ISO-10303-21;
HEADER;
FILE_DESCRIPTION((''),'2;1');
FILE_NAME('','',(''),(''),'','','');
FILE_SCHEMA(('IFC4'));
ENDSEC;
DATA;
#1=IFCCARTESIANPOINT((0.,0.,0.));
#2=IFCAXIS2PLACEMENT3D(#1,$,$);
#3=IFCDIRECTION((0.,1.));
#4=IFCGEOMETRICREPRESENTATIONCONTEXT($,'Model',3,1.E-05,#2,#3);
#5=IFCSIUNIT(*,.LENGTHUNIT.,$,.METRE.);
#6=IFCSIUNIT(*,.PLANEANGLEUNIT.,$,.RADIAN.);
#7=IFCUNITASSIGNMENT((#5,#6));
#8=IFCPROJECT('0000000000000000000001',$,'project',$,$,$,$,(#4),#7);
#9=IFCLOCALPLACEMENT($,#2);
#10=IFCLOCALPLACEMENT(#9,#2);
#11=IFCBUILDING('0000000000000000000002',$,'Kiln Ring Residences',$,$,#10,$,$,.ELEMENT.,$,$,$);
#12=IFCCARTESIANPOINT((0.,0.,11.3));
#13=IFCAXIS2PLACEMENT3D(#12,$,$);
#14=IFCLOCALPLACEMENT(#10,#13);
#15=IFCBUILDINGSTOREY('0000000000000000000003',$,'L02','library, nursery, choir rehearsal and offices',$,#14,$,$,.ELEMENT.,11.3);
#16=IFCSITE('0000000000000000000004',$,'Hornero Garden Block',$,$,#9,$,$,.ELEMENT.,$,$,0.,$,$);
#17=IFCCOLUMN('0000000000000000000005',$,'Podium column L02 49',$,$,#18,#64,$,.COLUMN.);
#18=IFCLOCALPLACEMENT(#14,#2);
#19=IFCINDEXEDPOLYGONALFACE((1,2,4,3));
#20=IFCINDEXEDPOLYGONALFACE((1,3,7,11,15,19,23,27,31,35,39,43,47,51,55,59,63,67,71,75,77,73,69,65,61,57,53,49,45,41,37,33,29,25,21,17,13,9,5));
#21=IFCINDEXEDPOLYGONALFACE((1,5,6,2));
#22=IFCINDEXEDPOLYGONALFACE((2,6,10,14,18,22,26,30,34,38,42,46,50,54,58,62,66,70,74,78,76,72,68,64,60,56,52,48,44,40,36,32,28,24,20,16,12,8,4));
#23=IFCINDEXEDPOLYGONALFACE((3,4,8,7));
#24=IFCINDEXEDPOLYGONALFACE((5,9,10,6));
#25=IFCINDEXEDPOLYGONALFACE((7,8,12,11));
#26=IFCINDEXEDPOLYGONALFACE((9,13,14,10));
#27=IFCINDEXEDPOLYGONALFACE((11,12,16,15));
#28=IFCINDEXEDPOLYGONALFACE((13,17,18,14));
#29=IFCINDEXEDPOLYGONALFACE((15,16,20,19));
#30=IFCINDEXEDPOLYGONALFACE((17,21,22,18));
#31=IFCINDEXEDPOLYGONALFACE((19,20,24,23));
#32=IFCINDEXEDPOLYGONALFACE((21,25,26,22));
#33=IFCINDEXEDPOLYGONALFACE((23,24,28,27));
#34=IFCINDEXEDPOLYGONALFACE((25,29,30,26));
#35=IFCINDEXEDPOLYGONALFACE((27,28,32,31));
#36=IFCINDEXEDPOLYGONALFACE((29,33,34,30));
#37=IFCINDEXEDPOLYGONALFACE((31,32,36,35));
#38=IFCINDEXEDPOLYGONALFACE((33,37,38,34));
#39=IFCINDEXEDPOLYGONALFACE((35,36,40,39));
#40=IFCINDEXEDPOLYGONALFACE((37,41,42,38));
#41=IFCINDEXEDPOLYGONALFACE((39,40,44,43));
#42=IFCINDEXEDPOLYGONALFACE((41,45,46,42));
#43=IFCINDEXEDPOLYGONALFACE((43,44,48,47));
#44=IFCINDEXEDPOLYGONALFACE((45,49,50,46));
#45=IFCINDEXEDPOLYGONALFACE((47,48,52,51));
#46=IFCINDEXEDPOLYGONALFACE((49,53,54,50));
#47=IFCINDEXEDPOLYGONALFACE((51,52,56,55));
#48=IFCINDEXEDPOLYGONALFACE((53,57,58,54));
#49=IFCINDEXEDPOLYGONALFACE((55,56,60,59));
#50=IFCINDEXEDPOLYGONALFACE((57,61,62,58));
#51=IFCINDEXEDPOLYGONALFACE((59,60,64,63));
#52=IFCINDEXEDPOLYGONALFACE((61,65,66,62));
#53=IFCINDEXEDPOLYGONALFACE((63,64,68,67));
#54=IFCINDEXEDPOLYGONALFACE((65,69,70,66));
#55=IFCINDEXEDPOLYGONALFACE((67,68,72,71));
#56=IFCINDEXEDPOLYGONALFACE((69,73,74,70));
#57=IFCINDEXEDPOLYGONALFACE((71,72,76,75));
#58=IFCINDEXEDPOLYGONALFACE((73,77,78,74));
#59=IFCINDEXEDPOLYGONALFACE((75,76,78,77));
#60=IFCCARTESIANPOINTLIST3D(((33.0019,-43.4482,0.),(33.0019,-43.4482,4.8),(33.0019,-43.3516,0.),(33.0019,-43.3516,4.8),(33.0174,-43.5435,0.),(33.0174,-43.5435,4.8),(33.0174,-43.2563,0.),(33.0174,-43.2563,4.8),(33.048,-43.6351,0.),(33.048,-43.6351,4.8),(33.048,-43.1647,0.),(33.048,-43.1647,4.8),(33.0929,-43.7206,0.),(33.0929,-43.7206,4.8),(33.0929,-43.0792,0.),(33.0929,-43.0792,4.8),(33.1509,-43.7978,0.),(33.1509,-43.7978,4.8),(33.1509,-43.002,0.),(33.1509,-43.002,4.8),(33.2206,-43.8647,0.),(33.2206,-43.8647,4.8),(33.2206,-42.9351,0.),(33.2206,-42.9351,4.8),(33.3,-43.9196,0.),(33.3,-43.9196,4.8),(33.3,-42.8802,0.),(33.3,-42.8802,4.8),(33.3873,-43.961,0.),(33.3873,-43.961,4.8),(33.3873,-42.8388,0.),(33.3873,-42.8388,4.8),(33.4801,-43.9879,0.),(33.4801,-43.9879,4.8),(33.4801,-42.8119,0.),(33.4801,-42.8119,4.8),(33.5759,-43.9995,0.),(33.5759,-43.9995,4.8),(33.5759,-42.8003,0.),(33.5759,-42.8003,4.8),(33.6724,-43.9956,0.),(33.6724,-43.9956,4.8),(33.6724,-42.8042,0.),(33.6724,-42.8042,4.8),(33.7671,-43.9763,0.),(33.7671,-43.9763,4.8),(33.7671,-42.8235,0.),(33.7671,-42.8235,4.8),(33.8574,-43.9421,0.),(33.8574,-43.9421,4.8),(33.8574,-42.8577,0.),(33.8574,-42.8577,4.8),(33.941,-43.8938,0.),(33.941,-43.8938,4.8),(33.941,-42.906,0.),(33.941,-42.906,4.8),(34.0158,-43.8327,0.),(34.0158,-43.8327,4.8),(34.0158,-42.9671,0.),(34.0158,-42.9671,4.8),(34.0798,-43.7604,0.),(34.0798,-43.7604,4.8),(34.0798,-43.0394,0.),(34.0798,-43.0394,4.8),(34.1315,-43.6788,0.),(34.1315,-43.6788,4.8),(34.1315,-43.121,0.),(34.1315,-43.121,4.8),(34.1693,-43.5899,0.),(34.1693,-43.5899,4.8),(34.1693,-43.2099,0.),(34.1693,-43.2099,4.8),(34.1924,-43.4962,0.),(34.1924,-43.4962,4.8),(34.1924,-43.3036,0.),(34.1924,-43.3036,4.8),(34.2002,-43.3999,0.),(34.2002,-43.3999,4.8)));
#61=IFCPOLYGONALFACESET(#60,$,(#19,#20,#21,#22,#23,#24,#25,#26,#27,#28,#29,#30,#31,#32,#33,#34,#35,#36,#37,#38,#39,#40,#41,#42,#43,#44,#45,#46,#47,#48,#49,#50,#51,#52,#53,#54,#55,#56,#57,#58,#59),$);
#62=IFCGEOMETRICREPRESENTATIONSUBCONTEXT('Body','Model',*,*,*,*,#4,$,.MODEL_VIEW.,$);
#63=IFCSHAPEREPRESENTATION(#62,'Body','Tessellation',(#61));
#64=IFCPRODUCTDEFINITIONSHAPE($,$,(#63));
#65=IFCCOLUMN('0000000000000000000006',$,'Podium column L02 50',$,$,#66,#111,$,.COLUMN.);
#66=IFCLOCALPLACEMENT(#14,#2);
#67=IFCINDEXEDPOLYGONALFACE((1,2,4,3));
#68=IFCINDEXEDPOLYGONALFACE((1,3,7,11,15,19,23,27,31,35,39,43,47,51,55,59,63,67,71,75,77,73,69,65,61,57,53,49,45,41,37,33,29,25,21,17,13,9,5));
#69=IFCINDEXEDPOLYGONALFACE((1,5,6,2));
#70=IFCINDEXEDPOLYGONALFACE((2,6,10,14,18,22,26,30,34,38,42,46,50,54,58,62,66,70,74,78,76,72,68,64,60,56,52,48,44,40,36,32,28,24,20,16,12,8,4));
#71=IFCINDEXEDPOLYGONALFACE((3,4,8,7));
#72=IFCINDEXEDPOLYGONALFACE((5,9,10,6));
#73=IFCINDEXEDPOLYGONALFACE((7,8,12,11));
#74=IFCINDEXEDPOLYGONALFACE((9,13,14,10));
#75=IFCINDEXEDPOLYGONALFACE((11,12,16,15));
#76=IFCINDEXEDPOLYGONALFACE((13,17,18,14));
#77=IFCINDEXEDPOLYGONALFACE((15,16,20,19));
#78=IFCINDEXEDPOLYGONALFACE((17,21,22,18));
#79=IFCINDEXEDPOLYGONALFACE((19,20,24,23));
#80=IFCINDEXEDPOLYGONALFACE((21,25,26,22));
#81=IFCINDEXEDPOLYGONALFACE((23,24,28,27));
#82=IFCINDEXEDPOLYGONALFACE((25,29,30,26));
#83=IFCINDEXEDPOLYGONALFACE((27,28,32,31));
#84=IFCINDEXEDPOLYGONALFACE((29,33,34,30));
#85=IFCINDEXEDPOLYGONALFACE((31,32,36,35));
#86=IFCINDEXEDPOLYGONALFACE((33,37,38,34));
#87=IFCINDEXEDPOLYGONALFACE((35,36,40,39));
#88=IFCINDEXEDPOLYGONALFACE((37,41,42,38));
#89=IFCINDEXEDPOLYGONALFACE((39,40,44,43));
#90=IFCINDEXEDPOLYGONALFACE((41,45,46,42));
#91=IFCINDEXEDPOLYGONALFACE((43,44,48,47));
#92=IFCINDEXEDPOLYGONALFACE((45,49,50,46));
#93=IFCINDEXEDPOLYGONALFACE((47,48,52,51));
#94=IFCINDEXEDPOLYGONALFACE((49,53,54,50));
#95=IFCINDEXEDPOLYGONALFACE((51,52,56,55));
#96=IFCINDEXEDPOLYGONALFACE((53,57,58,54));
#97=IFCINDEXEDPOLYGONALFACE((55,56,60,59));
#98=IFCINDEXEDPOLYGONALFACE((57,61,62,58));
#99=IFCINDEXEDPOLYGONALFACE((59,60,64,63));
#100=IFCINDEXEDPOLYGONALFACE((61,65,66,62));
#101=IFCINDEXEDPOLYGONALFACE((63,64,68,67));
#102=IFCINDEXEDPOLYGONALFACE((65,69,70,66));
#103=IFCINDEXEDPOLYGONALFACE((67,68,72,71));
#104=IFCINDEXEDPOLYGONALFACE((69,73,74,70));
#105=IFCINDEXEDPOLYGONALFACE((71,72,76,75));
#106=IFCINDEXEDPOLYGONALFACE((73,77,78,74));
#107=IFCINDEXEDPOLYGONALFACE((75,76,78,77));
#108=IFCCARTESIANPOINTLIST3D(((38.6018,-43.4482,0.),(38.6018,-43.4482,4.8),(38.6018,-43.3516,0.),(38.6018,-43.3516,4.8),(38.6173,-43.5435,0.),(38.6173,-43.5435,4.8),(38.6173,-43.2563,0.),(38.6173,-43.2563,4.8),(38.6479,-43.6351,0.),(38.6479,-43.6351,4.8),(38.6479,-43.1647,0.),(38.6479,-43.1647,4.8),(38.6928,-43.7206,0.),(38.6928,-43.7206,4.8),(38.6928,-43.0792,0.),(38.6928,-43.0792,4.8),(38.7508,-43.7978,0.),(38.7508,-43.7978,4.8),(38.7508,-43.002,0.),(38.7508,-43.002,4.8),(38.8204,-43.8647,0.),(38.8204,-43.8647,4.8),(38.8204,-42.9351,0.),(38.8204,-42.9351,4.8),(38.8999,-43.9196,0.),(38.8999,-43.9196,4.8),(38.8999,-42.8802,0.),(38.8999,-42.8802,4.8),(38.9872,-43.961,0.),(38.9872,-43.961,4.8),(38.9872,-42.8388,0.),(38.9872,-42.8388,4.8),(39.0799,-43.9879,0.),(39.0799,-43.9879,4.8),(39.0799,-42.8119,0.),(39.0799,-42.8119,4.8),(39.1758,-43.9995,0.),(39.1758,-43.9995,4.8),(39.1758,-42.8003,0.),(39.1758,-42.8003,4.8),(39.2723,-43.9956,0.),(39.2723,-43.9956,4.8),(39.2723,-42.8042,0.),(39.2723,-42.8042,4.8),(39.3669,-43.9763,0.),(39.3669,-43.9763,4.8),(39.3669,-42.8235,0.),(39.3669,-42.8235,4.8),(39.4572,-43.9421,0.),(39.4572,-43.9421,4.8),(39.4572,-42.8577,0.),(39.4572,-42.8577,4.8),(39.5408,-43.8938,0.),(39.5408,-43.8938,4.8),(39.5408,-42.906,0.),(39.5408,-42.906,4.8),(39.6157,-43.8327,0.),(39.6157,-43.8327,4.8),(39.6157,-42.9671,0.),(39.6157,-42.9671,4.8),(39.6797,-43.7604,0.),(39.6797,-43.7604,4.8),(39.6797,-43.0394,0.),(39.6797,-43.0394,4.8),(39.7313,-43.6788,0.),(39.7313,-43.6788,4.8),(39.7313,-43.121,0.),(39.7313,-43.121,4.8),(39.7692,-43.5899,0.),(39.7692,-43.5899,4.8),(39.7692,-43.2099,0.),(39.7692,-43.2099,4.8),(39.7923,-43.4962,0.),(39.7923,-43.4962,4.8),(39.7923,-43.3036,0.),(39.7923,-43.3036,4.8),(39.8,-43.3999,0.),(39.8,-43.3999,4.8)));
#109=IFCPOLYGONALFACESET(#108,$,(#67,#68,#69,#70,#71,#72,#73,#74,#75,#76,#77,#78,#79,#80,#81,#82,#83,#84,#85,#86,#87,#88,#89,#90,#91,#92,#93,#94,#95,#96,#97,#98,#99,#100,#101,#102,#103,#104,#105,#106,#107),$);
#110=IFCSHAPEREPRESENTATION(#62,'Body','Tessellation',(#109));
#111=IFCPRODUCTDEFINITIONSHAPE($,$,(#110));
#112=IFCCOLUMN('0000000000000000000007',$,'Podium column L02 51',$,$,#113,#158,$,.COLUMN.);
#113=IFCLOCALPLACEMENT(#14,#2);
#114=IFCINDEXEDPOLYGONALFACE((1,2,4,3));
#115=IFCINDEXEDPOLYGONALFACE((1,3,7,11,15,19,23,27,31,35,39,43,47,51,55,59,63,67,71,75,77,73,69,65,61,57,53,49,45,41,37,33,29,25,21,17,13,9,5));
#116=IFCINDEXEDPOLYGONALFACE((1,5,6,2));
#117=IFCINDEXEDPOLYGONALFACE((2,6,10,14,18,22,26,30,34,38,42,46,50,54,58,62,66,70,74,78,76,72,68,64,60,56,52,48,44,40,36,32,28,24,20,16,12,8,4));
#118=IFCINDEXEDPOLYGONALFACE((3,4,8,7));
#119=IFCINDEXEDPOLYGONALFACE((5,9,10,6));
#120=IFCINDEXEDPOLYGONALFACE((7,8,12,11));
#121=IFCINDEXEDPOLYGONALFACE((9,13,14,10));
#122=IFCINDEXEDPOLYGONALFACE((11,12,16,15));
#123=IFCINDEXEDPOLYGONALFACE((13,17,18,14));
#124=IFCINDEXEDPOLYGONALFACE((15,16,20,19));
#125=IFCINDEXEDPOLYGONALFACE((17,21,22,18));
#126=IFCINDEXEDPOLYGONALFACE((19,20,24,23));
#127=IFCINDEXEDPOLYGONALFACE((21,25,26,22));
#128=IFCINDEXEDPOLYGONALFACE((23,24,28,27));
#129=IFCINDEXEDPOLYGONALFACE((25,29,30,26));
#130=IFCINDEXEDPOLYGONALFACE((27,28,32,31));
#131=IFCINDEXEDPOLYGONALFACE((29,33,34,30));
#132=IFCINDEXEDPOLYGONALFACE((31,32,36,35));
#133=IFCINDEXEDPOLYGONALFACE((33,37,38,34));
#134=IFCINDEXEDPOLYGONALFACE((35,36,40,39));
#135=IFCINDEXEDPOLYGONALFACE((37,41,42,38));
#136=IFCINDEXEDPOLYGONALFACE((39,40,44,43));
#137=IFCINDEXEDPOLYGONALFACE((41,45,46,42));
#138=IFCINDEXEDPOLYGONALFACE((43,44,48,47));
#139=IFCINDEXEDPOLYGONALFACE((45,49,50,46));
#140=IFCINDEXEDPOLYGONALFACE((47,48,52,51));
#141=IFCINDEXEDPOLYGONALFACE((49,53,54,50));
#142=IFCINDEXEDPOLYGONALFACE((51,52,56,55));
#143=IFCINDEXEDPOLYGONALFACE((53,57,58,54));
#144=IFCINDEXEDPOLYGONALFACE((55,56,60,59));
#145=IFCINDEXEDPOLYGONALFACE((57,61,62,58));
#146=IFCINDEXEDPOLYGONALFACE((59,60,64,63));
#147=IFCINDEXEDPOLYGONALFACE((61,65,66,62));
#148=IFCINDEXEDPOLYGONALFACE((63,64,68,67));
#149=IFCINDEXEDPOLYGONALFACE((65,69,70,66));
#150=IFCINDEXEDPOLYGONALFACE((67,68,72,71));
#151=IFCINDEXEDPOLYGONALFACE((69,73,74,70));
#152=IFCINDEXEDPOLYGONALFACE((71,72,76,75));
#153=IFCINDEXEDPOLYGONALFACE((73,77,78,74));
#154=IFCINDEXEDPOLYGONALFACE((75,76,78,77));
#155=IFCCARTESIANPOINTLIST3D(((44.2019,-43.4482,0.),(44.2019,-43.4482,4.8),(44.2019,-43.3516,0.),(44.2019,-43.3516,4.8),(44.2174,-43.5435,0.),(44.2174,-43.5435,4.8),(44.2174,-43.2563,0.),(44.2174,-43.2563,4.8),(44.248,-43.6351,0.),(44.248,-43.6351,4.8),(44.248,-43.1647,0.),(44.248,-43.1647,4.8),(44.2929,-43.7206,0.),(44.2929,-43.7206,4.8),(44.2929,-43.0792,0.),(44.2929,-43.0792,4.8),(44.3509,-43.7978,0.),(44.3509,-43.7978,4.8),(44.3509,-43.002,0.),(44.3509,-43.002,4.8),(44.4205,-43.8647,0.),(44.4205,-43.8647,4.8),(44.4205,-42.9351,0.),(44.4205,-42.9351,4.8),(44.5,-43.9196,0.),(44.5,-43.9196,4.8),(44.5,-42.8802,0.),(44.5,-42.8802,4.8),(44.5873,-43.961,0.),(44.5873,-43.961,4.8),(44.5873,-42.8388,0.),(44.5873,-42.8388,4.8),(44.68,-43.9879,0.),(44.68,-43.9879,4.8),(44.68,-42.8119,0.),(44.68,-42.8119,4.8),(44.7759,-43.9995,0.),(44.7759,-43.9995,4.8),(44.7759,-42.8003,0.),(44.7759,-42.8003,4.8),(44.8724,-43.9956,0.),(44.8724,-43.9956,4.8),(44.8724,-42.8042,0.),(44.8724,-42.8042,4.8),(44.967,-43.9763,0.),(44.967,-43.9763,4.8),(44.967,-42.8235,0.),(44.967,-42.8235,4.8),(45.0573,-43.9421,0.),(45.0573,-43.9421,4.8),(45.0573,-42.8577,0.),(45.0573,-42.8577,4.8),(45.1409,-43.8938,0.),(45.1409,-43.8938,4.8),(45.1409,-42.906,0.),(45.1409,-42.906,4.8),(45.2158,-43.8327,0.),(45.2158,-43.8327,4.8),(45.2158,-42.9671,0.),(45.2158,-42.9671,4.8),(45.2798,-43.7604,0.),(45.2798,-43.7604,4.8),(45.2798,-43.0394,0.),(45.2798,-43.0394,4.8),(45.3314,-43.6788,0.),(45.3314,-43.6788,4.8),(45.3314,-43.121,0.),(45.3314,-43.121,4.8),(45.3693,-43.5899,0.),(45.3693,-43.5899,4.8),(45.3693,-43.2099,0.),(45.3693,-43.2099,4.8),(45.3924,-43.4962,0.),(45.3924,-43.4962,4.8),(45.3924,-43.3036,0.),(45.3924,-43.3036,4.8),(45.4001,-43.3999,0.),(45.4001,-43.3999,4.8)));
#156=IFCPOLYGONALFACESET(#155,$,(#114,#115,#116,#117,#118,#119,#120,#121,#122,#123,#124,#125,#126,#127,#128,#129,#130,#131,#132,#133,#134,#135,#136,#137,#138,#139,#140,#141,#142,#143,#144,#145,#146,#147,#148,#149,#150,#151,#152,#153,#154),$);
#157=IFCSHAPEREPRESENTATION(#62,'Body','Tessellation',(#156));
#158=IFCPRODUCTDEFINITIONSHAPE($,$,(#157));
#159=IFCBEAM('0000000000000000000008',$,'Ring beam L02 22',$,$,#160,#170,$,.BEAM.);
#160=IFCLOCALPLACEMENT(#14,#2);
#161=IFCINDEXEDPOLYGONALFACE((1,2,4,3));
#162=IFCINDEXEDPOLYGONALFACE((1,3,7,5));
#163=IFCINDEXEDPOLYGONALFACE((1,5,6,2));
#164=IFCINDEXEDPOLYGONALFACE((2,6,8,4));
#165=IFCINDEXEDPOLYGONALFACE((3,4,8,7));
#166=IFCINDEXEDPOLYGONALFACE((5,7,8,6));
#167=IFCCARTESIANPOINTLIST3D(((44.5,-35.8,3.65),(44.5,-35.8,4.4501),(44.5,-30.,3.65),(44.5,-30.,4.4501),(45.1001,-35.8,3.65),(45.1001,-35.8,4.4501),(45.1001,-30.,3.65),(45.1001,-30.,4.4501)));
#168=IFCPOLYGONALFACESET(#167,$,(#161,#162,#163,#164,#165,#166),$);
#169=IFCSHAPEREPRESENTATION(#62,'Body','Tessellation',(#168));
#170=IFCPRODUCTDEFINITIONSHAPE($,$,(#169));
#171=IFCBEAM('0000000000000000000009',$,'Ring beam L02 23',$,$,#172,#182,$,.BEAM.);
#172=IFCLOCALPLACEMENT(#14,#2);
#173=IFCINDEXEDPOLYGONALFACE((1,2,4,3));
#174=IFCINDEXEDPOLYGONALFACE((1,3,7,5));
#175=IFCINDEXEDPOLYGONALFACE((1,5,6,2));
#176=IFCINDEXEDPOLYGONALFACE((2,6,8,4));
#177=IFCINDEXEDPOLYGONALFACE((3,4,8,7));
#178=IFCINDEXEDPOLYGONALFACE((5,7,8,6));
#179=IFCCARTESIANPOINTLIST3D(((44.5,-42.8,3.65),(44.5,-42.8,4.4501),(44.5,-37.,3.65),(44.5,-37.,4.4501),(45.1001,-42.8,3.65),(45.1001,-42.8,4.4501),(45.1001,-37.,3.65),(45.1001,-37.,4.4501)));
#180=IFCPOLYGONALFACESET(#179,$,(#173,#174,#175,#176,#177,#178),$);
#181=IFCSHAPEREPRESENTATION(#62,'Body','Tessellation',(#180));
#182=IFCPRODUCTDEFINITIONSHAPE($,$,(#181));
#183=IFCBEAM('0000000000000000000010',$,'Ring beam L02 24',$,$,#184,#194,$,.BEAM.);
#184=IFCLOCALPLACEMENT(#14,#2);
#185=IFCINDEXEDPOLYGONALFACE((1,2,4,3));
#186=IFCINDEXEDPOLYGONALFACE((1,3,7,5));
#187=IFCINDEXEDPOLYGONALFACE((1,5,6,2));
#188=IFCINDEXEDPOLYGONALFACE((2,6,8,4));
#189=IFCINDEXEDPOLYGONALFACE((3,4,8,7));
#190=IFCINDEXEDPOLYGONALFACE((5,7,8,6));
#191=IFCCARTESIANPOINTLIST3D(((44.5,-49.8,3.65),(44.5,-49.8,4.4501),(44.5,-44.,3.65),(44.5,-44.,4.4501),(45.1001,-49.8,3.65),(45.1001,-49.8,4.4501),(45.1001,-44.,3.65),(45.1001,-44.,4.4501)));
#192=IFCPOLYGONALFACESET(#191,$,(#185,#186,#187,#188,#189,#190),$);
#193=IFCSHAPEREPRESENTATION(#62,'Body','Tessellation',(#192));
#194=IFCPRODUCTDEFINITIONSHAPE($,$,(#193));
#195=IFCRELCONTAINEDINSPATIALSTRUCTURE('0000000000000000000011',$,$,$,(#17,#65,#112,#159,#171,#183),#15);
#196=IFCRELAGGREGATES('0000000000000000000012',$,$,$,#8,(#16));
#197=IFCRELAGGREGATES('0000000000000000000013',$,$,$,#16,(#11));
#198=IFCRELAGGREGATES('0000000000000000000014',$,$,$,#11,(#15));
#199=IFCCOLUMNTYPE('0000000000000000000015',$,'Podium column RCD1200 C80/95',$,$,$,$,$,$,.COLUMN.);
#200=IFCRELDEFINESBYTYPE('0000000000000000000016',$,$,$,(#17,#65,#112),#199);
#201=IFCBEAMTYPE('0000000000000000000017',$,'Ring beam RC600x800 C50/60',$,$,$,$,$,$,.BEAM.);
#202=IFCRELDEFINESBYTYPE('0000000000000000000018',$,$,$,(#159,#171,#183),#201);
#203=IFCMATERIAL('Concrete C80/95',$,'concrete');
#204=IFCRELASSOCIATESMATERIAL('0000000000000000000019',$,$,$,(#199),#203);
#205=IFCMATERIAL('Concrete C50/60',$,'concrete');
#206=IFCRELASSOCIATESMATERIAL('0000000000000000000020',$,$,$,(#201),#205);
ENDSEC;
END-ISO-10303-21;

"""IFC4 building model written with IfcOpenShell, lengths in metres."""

from ifc_helpers import new_model, si_unit, direction, frame, origin, origin_2d, place, context, subcontext, project, spatial, rectangle, circle, extrude, material, material_profile, profile_set, type_object, element, save


model = new_model("IFC4")

# Units and contexts
model_context = context("Model", 3, precision=1e-05, world=origin(), true_north=direction((0.0, 1.0)))
body_context = subcontext(model_context, "Body", "Model", "MODEL_VIEW")
ifc_project = project(units=[si_unit("LENGTHUNIT", "METRE"), si_unit("PLANEANGLEUNIT", "RADIAN")], contexts=[model_context])

# Site, building, storey
site_placement = place(None, origin())
site = spatial("IfcSite", under=ifc_project, at=site_placement, Name="Hornero Garden Block", CompositionType="ELEMENT", RefElevation=0.0)
building_placement = place(site_placement, origin())
building = spatial("IfcBuilding", under=site, at=building_placement, Name="Kiln Ring Residences", CompositionType="ELEMENT")
storey_placement = place(building_placement, frame((0.0, 0.0, 11.3)))
storey = spatial("IfcBuildingStorey", under=building, at=storey_placement, Name="L02", Description="library, nursery, choir rehearsal and offices", CompositionType="ELEMENT", Elevation=11.3)

# Columns
ifc_material_1 = material(Name="Concrete C80/95", Category="concrete")
ifc_material_profile_1 = material_profile(ifc_material_1, circle(Radius=0.6001, at=origin_2d()), Name="RCD1200")
ifc_profile_set_1 = profile_set([ifc_material_profile_1], Name="Concrete C80/95")
column_type = type_object("IfcColumnType", Name="Podium column RCD1200 C80/95", PredefinedType="COLUMN", material=ifc_profile_set_1)
for number, where, z_axis, x_axis, name in (
    (1, (33.6001, -43.3999, 0.0), (0.0, 0.0, 1.0), (1.0, 0.0, 0.0), "Podium column L02 49"),
    (2, (39.2, -43.3999, 0.0), (0.0, 0.0, 1.0), (1.0, 0.0, 0.0), "Podium column L02 50"),
    (3, (44.8, -43.3999, 0.0), (0.0, 0.0, 1.0), (1.0, 0.0, 0.0), "Podium column L02 51"),
):
    element("IfcColumn", number, at=place(storey_placement, frame(where, z_axis=z_axis, x_axis=x_axis)), inside=storey, type_object=column_type, Name=name, PredefinedType="COLUMN", context=body_context, shape_type="SweptSolid", body=[
        extrude(circle(Radius=0.6001, at=origin_2d()), origin(), (0.0, 0.0, 1.0), 4.8),
    ])

# Beams
ifc_material_2 = material(Name="Concrete C50/60", Category="concrete")
ifc_material_profile_2 = material_profile(ifc_material_2, rectangle(XDim=0.6001, YDim=0.8, at=origin_2d()), Name="RC600x800")
ifc_profile_set_2 = profile_set([ifc_material_profile_2], Name="Concrete C50/60")
beam_type = type_object("IfcBeamType", Name="Ring beam RC600x800 C50/60", PredefinedType="BEAM", material=ifc_profile_set_2)
for number, where, z_axis, x_axis, name in (
    (4, (44.8, -30.0, 4.05), (0.0, -1.0, 0.0), (1.0, 0.0, 0.0), "Ring beam L02 22"),
    (5, (44.8, -37.0, 4.05), (0.0, -1.0, 0.0), (1.0, 0.0, 0.0), "Ring beam L02 23"),
    (6, (44.8, -44.0, 4.05), (0.0, -1.0, 0.0), (1.0, 0.0, 0.0), "Ring beam L02 24"),
):
    element("IfcBeam", number, at=place(storey_placement, frame(where, z_axis=z_axis, x_axis=x_axis)), inside=storey, type_object=beam_type, Name=name, PredefinedType="BEAM", context=body_context, shape_type="SweptSolid", body=[
        extrude(rectangle(XDim=0.6001, YDim=0.8, at=origin_2d()), origin(), (0.0, 0.0, 1.0), 5.8),
    ])

save(model, "model.ifc")
